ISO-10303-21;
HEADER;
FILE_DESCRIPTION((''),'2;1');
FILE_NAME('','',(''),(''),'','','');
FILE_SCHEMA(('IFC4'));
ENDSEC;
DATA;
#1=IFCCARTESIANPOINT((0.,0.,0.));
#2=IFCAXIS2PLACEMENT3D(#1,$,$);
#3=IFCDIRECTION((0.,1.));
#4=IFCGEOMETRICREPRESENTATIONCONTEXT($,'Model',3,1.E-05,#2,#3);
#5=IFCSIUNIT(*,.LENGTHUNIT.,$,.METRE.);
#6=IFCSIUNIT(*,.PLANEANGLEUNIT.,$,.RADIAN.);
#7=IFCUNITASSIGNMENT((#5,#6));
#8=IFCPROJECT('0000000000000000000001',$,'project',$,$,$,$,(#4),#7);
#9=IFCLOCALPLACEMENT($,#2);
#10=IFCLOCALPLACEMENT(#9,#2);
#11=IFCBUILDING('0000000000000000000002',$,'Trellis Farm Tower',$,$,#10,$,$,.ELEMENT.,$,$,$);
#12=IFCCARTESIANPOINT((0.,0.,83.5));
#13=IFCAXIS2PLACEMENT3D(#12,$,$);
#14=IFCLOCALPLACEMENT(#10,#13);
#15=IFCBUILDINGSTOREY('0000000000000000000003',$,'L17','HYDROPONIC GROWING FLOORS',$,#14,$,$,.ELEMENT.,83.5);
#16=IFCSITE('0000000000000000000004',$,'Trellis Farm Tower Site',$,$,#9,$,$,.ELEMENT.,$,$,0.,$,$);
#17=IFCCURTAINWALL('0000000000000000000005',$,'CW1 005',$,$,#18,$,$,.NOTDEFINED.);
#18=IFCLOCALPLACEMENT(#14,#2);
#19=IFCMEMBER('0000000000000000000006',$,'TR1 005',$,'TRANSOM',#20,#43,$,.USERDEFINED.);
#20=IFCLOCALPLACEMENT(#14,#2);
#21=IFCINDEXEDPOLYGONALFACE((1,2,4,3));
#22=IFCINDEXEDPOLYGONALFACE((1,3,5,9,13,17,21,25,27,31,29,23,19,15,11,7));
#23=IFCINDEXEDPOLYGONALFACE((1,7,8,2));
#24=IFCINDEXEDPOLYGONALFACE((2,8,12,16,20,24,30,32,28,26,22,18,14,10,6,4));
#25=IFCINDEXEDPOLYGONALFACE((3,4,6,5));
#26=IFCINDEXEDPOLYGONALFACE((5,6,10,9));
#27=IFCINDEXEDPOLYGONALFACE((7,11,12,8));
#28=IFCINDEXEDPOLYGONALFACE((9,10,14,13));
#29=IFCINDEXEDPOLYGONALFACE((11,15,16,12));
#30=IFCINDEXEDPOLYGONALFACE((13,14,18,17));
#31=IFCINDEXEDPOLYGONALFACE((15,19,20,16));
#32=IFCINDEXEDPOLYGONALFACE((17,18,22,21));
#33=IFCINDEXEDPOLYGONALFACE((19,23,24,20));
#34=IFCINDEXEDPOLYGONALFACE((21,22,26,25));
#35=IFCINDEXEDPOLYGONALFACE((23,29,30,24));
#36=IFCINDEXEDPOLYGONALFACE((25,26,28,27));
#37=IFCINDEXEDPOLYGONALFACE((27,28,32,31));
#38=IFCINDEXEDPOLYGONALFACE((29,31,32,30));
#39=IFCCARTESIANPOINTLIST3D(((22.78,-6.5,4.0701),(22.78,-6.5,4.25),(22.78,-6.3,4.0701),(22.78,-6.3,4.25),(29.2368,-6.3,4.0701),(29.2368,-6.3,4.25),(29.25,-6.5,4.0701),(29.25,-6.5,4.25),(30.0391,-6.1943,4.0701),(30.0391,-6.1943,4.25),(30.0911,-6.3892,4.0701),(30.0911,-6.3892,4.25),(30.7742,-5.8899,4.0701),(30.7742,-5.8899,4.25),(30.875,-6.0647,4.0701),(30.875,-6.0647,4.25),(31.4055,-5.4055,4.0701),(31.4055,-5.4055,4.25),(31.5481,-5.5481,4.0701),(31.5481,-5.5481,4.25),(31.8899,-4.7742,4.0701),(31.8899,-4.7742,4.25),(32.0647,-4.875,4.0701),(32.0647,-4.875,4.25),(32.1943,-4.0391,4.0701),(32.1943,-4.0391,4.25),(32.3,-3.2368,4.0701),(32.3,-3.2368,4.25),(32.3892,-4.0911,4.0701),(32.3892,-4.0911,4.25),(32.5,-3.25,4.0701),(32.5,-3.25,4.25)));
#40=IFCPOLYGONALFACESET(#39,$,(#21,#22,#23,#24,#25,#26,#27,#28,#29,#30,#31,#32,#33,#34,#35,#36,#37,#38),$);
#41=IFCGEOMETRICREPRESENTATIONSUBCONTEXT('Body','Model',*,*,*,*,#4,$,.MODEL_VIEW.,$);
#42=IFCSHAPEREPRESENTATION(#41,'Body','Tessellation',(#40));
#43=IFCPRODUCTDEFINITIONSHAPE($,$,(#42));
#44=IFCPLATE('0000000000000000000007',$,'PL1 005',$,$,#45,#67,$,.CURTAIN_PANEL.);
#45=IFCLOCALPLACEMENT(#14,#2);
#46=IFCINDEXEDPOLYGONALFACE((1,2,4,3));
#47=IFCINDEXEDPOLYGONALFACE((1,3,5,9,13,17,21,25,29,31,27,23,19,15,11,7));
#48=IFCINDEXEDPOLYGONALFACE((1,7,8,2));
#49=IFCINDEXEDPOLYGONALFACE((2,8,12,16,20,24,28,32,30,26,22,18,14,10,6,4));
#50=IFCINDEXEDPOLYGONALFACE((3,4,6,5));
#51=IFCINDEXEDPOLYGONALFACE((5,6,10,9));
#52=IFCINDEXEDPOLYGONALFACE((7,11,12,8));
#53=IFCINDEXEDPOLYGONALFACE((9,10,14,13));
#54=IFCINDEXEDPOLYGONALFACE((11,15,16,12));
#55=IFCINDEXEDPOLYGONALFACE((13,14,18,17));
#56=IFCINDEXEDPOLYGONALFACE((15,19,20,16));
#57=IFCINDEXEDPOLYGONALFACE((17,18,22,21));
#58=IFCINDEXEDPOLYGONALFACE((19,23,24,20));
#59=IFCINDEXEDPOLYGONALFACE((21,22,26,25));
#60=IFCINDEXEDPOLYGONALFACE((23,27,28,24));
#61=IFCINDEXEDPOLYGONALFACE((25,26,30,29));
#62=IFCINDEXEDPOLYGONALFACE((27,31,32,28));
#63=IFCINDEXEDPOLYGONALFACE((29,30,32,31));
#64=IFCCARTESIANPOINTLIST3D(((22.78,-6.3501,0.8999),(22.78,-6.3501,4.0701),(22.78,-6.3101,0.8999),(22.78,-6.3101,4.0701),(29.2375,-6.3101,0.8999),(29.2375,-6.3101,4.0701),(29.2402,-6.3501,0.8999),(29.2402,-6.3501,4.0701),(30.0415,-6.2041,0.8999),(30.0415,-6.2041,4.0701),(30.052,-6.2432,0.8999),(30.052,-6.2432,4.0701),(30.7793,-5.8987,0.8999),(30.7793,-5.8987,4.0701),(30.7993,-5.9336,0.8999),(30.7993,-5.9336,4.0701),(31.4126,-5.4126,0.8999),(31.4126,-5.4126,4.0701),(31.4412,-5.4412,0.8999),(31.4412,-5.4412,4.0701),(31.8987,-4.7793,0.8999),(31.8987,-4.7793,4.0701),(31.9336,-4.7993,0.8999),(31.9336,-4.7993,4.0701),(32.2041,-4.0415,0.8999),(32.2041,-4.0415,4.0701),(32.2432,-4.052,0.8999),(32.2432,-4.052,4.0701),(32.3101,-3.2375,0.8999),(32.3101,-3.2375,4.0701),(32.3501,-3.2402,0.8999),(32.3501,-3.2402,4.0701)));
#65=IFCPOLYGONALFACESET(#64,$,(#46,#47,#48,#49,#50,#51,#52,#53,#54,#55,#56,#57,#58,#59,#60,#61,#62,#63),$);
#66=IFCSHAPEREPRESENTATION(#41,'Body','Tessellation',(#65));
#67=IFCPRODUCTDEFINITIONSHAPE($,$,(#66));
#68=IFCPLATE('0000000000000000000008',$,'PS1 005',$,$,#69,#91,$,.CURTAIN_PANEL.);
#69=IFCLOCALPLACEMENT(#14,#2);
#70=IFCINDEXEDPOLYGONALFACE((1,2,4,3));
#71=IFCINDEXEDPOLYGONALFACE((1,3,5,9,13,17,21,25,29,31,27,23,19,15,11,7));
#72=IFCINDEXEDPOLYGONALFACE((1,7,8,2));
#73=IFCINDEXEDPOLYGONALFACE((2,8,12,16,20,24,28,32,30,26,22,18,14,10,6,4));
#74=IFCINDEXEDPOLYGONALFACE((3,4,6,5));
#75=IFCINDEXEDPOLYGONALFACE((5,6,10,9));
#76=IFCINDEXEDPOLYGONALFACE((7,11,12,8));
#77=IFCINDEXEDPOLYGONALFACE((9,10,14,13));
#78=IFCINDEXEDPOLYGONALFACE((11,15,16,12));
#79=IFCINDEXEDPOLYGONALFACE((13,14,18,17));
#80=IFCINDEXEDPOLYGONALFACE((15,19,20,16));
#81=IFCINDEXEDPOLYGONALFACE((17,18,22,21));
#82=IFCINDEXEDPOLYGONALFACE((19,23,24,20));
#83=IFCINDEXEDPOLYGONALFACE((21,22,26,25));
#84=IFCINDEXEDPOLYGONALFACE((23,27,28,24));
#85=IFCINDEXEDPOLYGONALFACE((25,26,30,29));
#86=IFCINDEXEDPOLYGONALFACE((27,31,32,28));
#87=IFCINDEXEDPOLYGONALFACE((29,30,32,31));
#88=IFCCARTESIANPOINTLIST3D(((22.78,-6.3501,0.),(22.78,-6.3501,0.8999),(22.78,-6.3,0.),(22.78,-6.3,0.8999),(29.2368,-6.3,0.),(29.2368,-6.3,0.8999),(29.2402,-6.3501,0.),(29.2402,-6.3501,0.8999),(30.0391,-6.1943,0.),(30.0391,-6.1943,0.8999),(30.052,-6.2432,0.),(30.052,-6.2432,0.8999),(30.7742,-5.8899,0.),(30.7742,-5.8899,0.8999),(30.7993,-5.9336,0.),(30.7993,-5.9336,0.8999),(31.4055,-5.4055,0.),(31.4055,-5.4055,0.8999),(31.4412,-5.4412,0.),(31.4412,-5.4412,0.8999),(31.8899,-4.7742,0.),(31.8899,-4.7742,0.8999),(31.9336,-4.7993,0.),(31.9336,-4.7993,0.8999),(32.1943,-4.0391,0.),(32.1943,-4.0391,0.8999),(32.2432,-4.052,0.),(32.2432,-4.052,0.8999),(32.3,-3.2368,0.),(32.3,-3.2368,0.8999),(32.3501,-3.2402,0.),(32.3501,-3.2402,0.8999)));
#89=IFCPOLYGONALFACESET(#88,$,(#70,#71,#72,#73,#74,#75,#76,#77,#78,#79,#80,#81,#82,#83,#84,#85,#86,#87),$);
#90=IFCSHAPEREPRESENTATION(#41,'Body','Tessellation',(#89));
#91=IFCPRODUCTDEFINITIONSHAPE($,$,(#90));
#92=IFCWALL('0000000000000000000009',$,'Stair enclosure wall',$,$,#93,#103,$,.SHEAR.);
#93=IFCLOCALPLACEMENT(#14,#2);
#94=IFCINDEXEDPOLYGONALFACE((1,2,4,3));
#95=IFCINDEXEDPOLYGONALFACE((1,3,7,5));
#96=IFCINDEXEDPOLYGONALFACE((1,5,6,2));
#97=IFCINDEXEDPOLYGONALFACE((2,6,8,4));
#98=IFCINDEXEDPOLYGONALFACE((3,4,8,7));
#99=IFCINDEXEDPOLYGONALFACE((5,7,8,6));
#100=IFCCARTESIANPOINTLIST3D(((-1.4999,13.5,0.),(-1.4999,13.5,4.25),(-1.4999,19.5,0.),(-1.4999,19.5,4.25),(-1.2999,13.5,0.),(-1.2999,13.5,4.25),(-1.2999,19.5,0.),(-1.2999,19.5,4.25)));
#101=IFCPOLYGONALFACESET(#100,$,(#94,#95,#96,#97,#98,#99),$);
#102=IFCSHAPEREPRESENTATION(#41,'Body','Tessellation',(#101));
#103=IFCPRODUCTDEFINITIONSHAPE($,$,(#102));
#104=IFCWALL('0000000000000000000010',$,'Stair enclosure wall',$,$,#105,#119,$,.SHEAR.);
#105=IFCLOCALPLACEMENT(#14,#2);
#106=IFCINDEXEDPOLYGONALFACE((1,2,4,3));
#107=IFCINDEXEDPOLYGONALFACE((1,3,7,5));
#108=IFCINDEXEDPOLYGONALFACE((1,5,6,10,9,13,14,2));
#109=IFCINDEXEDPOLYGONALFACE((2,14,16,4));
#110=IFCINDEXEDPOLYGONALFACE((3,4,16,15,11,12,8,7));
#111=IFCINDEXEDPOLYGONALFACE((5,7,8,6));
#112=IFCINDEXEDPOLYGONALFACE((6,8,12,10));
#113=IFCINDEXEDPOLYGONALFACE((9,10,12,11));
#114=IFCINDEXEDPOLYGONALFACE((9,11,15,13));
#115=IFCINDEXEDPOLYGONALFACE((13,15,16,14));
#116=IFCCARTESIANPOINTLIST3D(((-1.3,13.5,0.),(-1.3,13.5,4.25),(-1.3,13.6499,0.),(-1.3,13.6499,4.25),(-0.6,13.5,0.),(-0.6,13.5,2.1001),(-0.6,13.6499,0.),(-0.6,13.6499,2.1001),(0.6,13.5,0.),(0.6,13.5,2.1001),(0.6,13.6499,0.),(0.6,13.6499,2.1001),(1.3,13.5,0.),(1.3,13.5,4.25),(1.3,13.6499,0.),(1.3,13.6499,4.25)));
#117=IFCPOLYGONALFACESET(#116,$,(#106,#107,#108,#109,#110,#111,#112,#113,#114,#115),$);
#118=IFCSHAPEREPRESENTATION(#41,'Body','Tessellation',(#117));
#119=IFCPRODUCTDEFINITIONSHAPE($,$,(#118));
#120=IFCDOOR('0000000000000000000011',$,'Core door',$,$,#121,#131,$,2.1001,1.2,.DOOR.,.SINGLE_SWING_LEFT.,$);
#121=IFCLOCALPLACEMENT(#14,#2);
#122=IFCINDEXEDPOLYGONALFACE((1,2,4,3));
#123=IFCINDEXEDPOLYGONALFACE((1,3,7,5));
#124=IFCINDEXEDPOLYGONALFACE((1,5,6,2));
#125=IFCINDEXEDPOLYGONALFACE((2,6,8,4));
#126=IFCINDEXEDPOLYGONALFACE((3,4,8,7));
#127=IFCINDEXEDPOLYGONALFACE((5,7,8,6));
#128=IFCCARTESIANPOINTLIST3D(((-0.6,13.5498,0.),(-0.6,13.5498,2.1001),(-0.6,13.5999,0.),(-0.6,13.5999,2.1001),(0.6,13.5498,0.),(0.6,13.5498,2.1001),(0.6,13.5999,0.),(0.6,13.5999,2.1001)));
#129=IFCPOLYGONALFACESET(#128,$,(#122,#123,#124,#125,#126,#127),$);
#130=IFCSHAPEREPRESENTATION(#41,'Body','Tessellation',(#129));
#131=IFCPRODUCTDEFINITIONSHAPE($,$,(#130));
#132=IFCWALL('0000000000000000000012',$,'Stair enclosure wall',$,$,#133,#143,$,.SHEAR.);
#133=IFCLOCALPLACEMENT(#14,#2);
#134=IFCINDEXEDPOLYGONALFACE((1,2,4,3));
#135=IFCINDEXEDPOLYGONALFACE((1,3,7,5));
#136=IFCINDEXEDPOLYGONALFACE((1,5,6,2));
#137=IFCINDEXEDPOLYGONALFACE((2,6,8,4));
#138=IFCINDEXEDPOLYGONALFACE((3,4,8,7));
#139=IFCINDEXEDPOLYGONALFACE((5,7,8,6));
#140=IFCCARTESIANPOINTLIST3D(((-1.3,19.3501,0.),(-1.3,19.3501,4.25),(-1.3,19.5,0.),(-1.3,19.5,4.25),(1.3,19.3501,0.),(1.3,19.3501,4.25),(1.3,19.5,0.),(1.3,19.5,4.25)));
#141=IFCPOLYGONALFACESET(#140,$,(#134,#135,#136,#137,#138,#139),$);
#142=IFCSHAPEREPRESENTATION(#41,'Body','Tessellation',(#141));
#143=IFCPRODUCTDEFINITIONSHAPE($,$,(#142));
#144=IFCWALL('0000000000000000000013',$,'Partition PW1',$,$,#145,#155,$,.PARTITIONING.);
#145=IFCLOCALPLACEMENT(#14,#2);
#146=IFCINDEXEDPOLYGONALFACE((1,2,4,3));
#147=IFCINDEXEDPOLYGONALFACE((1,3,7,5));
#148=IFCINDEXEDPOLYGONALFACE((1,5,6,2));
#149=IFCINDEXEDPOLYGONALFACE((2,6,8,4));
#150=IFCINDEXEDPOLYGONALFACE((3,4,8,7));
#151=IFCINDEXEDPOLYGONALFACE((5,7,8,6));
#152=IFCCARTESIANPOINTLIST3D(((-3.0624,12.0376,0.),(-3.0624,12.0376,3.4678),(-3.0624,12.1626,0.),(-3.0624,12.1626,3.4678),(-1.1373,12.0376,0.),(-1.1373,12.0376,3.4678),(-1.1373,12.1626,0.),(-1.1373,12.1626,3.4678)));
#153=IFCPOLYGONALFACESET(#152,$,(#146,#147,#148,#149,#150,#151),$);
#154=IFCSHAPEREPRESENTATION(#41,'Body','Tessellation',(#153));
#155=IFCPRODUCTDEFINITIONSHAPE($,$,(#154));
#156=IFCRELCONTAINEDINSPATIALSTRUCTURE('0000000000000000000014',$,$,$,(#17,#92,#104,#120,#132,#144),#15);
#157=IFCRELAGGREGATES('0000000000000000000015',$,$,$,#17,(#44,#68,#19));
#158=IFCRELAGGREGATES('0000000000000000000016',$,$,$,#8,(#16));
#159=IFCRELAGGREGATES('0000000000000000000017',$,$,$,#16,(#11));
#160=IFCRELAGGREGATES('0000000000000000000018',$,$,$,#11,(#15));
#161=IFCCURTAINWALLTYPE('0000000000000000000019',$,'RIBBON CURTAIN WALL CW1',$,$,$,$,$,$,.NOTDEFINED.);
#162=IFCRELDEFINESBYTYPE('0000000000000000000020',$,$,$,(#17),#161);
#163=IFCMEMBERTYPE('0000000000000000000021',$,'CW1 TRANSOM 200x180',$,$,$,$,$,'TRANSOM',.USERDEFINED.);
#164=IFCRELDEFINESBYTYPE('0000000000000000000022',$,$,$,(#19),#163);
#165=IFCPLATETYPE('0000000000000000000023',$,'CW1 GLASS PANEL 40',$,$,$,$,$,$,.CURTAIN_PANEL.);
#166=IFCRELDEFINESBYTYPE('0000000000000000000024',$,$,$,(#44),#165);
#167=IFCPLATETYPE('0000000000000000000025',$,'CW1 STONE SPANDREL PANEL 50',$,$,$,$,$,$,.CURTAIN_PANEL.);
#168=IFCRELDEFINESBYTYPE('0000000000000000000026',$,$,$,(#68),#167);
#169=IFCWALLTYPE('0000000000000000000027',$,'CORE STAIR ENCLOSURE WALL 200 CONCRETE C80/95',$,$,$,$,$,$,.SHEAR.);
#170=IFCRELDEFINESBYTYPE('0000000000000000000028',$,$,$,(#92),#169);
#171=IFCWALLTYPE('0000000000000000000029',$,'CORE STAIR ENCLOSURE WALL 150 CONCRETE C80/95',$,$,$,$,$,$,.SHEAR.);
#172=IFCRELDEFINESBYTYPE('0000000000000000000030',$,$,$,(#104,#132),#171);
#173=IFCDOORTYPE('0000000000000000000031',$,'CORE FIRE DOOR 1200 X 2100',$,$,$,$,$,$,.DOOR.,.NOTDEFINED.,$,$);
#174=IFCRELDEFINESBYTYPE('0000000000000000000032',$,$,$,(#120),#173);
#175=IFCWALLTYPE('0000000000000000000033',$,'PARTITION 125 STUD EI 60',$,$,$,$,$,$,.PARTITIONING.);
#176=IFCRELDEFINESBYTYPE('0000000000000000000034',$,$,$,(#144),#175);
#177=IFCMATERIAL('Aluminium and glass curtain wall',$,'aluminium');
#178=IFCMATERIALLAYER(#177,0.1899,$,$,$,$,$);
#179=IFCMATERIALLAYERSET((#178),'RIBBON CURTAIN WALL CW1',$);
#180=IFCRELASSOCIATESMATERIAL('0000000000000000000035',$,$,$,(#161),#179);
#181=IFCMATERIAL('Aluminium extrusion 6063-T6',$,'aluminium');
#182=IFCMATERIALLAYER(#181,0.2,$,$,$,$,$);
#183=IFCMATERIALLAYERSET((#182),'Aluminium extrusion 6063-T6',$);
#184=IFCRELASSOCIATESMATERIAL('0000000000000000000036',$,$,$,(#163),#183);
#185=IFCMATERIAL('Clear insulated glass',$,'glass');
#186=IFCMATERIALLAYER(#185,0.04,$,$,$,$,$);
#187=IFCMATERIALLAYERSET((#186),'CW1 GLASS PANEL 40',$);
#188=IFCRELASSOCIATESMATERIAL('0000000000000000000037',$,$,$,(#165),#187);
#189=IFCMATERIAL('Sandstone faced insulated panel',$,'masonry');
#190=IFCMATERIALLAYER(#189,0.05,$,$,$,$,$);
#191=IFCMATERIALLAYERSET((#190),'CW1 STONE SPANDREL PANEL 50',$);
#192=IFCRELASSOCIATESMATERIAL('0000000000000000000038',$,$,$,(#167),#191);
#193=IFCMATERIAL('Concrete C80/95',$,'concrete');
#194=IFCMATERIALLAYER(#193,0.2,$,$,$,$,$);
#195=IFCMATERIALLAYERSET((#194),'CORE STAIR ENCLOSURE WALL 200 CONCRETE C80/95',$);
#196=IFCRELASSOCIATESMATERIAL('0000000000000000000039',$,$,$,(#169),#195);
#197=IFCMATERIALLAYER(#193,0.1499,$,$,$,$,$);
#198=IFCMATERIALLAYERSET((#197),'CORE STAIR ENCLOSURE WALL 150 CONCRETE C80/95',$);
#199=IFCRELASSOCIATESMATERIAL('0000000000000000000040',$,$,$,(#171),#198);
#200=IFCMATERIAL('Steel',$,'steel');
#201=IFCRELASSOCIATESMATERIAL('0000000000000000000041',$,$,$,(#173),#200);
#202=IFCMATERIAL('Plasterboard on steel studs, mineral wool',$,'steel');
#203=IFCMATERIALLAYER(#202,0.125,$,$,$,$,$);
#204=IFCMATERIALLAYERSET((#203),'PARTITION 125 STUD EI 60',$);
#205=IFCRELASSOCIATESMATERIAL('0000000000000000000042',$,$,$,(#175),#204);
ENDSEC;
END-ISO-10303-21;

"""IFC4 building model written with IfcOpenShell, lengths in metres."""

from ifc_helpers import new_model, si_unit, direction, frame, frame_2d, origin, place, context, subcontext, project, spatial, polyline, rectangle, outline, extrude, source, transform, mapped, material, layer, layer_set, type_object, element, fill, aggregate, save


model = new_model("IFC4")

# Units and contexts
model_context = context("Model", 3, precision=1e-05, world=origin(), true_north=direction((0.0, 1.0)))
body_context = subcontext(model_context, "Body", "Model", "MODEL_VIEW")
ifc_project = project(units=[si_unit("LENGTHUNIT", "METRE"), si_unit("PLANEANGLEUNIT", "RADIAN")], contexts=[model_context])

# Site, building, storey
site_placement = place(None, origin())
site = spatial("IfcSite", under=ifc_project, at=site_placement, Name="Trellis Farm Tower Site", CompositionType="ELEMENT", RefElevation=0.0)
building_placement = place(site_placement, origin())
building = spatial("IfcBuilding", under=site, at=building_placement, Name="Trellis Farm Tower", CompositionType="ELEMENT")
storey_placement = place(building_placement, frame((0.0, 0.0, 83.5)))
storey = spatial("IfcBuildingStorey", under=building, at=storey_placement, Name="L17", Description="HYDROPONIC GROWING FLOORS", CompositionType="ELEMENT", Elevation=83.5)

# Shared definitions
ifc_material_1 = material(Name="Concrete C80/95", Category="concrete")

# Curtain wall, member, plates
ifc_material_2 = material(Name="Aluminium and glass curtain wall", Category="aluminium")
ifc_layer_1 = layer(ifc_material_2, 0.1899)
ifc_layer_set_1 = layer_set([ifc_layer_1], Name="RIBBON CURTAIN WALL CW1")
curtain_wall_type = type_object("IfcCurtainWallType", Name="RIBBON CURTAIN WALL CW1", PredefinedType="NOTDEFINED", material=ifc_layer_set_1)
placement = place(storey_placement, origin())
curtain_wall = element("IfcCurtainWall", 1, at=placement, inside=storey, type_object=curtain_wall_type, Name="CW1 005", PredefinedType="NOTDEFINED")
ifc_material_3 = material(Name="Aluminium extrusion 6063-T6", Category="aluminium")
ifc_layer_2 = layer(ifc_material_3, 0.2)
ifc_layer_set_2 = layer_set([ifc_layer_2], Name="Aluminium extrusion 6063-T6")
member_type = type_object("IfcMemberType", Name="CW1 TRANSOM 200x180", ElementType="TRANSOM", PredefinedType="USERDEFINED", material=ifc_layer_set_2)
shared_shape_1 = source(origin(), body_context, "Body", "SweptSolid", [
    extrude(outline(polyline([(22.78, -6.5), (29.25, -6.5), (30.0911, -6.3892), (30.875, -6.0647), (31.5481, -5.5481), (32.0647, -4.875), (32.3892, -4.0911), (32.5, -3.25), (32.3, -3.2368), (32.1943, -4.0391), (31.8899, -4.7742), (31.4055, -5.4055), (30.7742, -5.8899), (30.0391, -6.1943), (29.2368, -6.3), (22.78, -6.3), (22.78, -6.5)])), origin(), (0.0, 0.0, 1.0), 0.1799),
])
member_placement = place(storey_placement, frame((0.0, 0.0, 4.0701)))
member = element("IfcMember", 2, at=member_placement, type_object=member_type, Name="TR1 005", ObjectType="TRANSOM", PredefinedType="USERDEFINED", context=body_context, shape_type="MappedRepresentation", body=[
    mapped(shared_shape_1, transform((0.0, 0.0, 0.0))),
])
ifc_material_4 = material(Name="Clear insulated glass", Category="glass")
ifc_layer_3 = layer(ifc_material_4, 0.04)
ifc_layer_set_3 = layer_set([ifc_layer_3], Name="CW1 GLASS PANEL 40")
plate_type_1 = type_object("IfcPlateType", Name="CW1 GLASS PANEL 40", PredefinedType="CURTAIN_PANEL", material=ifc_layer_set_3)
shared_shape_2 = source(origin(), body_context, "Body", "SweptSolid", [
    extrude(outline(polyline([(22.78, -6.3501), (29.2402, -6.3501), (30.052, -6.2432), (30.7993, -5.9336), (31.4412, -5.4412), (31.9336, -4.7993), (32.2432, -4.052), (32.3501, -3.2402), (32.3101, -3.2375), (32.2041, -4.0415), (31.8987, -4.7793), (31.4126, -5.4126), (30.7793, -5.8987), (30.0415, -6.2041), (29.2375, -6.3101), (22.78, -6.3101), (22.78, -6.3501)])), origin(), (0.0, 0.0, 1.0), 3.1702),
])
plate_1_placement = place(storey_placement, frame((0.0, 0.0, 0.8999)))
plate_1 = element("IfcPlate", 3, at=plate_1_placement, type_object=plate_type_1, Name="PL1 005", PredefinedType="CURTAIN_PANEL", context=body_context, shape_type="MappedRepresentation", body=[
    mapped(shared_shape_2, transform((0.0, 0.0, 0.0))),
])
ifc_material_5 = material(Name="Sandstone faced insulated panel", Category="masonry")
ifc_layer_4 = layer(ifc_material_5, 0.05)
ifc_layer_set_4 = layer_set([ifc_layer_4], Name="CW1 STONE SPANDREL PANEL 50")
plate_type_2 = type_object("IfcPlateType", Name="CW1 STONE SPANDREL PANEL 50", PredefinedType="CURTAIN_PANEL", material=ifc_layer_set_4)
shared_shape_3 = source(origin(), body_context, "Body", "SweptSolid", [
    extrude(outline(polyline([(22.78, -6.3501), (29.2402, -6.3501), (30.052, -6.2432), (30.7993, -5.9336), (31.4412, -5.4412), (31.9336, -4.7993), (32.2432, -4.052), (32.3501, -3.2402), (32.3, -3.2368), (32.1943, -4.0391), (31.8899, -4.7742), (31.4055, -5.4055), (30.7742, -5.8899), (30.0391, -6.1943), (29.2368, -6.3), (22.78, -6.3), (22.78, -6.3501)])), origin(), (0.0, 0.0, 1.0), 0.8999),
])
plate_2 = element("IfcPlate", 4, at=placement, type_object=plate_type_2, Name="PS1 005", PredefinedType="CURTAIN_PANEL", context=body_context, shape_type="MappedRepresentation", body=[
    mapped(shared_shape_3, transform((0.0, 0.0, 0.0))),
])
aggregate(curtain_wall, [plate_1, plate_2, member])

# Wall
ifc_layer_5 = layer(ifc_material_1, 0.2)
ifc_layer_set_5 = layer_set([ifc_layer_5], Name="CORE STAIR ENCLOSURE WALL 200 CONCRETE C80/95")
wall_type_1 = type_object("IfcWallType", Name="CORE STAIR ENCLOSURE WALL 200 CONCRETE C80/95", PredefinedType="SHEAR", material=ifc_layer_set_5)
shared_shape_4 = source(origin(), body_context, "Body", "SweptSolid", [
    extrude(rectangle(XDim=6.0, YDim=0.2, at=frame_2d((3.0, 0.0))), origin(), (0.0, 0.0, 1.0), 4.25),
])
wall_1_placement = place(storey_placement, frame((-1.3999, 13.5, 0.0), z_axis=(0.0, 0.0, 1.0), x_axis=(0.0, 1.0, 0.0)))
element("IfcWall", 5, at=wall_1_placement, inside=storey, type_object=wall_type_1, Name="Stair enclosure wall", PredefinedType="SHEAR", context=body_context, shape_type="MappedRepresentation", body=[
    mapped(shared_shape_4, transform((0.0, 0.0, 0.0))),
])

# Wall, opening, door
ifc_layer_6 = layer(ifc_material_1, 0.1499)
ifc_layer_set_6 = layer_set([ifc_layer_6], Name="CORE STAIR ENCLOSURE WALL 150 CONCRETE C80/95")
wall_type_2 = type_object("IfcWallType", Name="CORE STAIR ENCLOSURE WALL 150 CONCRETE C80/95", PredefinedType="SHEAR", material=ifc_layer_set_6)
shared_shape_5 = source(origin(), body_context, "Body", "SweptSolid", [
    extrude(rectangle(XDim=2.6001, YDim=0.1499, at=frame_2d((1.3, 0.0))), origin(), (0.0, 0.0, 1.0), 4.25),
])
wall_2_placement = place(storey_placement, frame((-1.3, 13.575, 0.0), z_axis=(0.0, 0.0, 1.0), x_axis=(1.0, 0.0, 0.0)))
wall_2 = element("IfcWall", 6, at=wall_2_placement, inside=storey, type_object=wall_type_2, Name="Stair enclosure wall", PredefinedType="SHEAR", context=body_context, shape_type="MappedRepresentation", body=[
    mapped(shared_shape_5, transform((0.0, 0.0, 0.0))),
])
shared_shape_6 = source(origin(), body_context, "Body", "SweptSolid", [
    extrude(rectangle(XDim=1.2, YDim=2.1001, at=frame_2d((0.6001, 1.05))), frame((0.0, 0.085, 0.0), z_axis=(0.0, -1.0, 0.0), x_axis=(1.0, 0.0, 0.0)), (0.0, 0.0, 1.0), 0.1699),
])
opening_1_placement = place(wall_2_placement, frame((0.7, 0.0, 0.0)))
opening_1 = element("IfcOpeningElement", 7, at=opening_1_placement, cuts=wall_2, PredefinedType="OPENING", context=body_context, shape_type="MappedRepresentation", body=[
    mapped(shared_shape_6, transform((0.0, 0.0, 0.0))),
])
ifc_material_6 = material(Name="Steel", Category="steel")
door_type_1 = type_object("IfcDoorType", Name="CORE FIRE DOOR 1200 X 2100", OperationType="NOTDEFINED", PredefinedType="DOOR", material=ifc_material_6)
shared_shape_7 = source(origin(), body_context, "Body", "SweptSolid", [
    extrude(rectangle(XDim=1.2, YDim=2.1001, at=frame_2d((0.6001, 1.05))), frame((0.0, 0.0249, 0.0), z_axis=(0.0, -1.0, 0.0), x_axis=(1.0, 0.0, 0.0)), (0.0, 0.0, 1.0), 0.05),
])
door_1_placement = place(opening_1_placement, origin())
door_1 = element("IfcDoor", 8, at=door_1_placement, inside=storey, type_object=door_type_1, Name="Core door", OperationType="SINGLE_SWING_LEFT", OverallHeight=2.1001, OverallWidth=1.2, PredefinedType="DOOR", context=body_context, shape_type="MappedRepresentation", body=[
    mapped(shared_shape_7, transform((0.0, 0.0, 0.0))),
])
fill(opening_1, door_1)

# Walls
wall_3_placement = place(storey_placement, frame((-1.3, 19.425, 0.0), z_axis=(0.0, 0.0, 1.0), x_axis=(1.0, 0.0, 0.0)))
element("IfcWall", 9, at=wall_3_placement, inside=storey, type_object=wall_type_2, Name="Stair enclosure wall", PredefinedType="SHEAR", context=body_context, shape_type="MappedRepresentation", body=[
    mapped(shared_shape_5, transform((0.0, 0.0, 0.0))),
])
ifc_material_7 = material(Name="Plasterboard on steel studs, mineral wool", Category="steel")
ifc_layer_7 = layer(ifc_material_7, 0.125)
ifc_layer_set_7 = layer_set([ifc_layer_7], Name="PARTITION 125 STUD EI 60")
wall_type_3 = type_object("IfcWallType", Name="PARTITION 125 STUD EI 60", PredefinedType="PARTITIONING", material=ifc_layer_set_7)
shared_shape_8 = source(origin(), body_context, "Body", "SweptSolid", [
    extrude(rectangle(XDim=1.925, YDim=0.125, at=frame_2d((0.9624, 0.0))), origin(), (0.0, 0.0, 1.0), 3.4678),
])
wall_4_placement = place(storey_placement, frame((-1.1375, 12.1001, 0.0), z_axis=(0.0, 0.0, 1.0), x_axis=(-1.0, 0.0, 0.0)))
element("IfcWall", 10, at=wall_4_placement, inside=storey, type_object=wall_type_3, Name="Partition PW1", PredefinedType="PARTITIONING", context=body_context, shape_type="MappedRepresentation", body=[
    mapped(shared_shape_8, transform((0.0, 0.0, 0.0))),
])

save(model, "model.ifc")
